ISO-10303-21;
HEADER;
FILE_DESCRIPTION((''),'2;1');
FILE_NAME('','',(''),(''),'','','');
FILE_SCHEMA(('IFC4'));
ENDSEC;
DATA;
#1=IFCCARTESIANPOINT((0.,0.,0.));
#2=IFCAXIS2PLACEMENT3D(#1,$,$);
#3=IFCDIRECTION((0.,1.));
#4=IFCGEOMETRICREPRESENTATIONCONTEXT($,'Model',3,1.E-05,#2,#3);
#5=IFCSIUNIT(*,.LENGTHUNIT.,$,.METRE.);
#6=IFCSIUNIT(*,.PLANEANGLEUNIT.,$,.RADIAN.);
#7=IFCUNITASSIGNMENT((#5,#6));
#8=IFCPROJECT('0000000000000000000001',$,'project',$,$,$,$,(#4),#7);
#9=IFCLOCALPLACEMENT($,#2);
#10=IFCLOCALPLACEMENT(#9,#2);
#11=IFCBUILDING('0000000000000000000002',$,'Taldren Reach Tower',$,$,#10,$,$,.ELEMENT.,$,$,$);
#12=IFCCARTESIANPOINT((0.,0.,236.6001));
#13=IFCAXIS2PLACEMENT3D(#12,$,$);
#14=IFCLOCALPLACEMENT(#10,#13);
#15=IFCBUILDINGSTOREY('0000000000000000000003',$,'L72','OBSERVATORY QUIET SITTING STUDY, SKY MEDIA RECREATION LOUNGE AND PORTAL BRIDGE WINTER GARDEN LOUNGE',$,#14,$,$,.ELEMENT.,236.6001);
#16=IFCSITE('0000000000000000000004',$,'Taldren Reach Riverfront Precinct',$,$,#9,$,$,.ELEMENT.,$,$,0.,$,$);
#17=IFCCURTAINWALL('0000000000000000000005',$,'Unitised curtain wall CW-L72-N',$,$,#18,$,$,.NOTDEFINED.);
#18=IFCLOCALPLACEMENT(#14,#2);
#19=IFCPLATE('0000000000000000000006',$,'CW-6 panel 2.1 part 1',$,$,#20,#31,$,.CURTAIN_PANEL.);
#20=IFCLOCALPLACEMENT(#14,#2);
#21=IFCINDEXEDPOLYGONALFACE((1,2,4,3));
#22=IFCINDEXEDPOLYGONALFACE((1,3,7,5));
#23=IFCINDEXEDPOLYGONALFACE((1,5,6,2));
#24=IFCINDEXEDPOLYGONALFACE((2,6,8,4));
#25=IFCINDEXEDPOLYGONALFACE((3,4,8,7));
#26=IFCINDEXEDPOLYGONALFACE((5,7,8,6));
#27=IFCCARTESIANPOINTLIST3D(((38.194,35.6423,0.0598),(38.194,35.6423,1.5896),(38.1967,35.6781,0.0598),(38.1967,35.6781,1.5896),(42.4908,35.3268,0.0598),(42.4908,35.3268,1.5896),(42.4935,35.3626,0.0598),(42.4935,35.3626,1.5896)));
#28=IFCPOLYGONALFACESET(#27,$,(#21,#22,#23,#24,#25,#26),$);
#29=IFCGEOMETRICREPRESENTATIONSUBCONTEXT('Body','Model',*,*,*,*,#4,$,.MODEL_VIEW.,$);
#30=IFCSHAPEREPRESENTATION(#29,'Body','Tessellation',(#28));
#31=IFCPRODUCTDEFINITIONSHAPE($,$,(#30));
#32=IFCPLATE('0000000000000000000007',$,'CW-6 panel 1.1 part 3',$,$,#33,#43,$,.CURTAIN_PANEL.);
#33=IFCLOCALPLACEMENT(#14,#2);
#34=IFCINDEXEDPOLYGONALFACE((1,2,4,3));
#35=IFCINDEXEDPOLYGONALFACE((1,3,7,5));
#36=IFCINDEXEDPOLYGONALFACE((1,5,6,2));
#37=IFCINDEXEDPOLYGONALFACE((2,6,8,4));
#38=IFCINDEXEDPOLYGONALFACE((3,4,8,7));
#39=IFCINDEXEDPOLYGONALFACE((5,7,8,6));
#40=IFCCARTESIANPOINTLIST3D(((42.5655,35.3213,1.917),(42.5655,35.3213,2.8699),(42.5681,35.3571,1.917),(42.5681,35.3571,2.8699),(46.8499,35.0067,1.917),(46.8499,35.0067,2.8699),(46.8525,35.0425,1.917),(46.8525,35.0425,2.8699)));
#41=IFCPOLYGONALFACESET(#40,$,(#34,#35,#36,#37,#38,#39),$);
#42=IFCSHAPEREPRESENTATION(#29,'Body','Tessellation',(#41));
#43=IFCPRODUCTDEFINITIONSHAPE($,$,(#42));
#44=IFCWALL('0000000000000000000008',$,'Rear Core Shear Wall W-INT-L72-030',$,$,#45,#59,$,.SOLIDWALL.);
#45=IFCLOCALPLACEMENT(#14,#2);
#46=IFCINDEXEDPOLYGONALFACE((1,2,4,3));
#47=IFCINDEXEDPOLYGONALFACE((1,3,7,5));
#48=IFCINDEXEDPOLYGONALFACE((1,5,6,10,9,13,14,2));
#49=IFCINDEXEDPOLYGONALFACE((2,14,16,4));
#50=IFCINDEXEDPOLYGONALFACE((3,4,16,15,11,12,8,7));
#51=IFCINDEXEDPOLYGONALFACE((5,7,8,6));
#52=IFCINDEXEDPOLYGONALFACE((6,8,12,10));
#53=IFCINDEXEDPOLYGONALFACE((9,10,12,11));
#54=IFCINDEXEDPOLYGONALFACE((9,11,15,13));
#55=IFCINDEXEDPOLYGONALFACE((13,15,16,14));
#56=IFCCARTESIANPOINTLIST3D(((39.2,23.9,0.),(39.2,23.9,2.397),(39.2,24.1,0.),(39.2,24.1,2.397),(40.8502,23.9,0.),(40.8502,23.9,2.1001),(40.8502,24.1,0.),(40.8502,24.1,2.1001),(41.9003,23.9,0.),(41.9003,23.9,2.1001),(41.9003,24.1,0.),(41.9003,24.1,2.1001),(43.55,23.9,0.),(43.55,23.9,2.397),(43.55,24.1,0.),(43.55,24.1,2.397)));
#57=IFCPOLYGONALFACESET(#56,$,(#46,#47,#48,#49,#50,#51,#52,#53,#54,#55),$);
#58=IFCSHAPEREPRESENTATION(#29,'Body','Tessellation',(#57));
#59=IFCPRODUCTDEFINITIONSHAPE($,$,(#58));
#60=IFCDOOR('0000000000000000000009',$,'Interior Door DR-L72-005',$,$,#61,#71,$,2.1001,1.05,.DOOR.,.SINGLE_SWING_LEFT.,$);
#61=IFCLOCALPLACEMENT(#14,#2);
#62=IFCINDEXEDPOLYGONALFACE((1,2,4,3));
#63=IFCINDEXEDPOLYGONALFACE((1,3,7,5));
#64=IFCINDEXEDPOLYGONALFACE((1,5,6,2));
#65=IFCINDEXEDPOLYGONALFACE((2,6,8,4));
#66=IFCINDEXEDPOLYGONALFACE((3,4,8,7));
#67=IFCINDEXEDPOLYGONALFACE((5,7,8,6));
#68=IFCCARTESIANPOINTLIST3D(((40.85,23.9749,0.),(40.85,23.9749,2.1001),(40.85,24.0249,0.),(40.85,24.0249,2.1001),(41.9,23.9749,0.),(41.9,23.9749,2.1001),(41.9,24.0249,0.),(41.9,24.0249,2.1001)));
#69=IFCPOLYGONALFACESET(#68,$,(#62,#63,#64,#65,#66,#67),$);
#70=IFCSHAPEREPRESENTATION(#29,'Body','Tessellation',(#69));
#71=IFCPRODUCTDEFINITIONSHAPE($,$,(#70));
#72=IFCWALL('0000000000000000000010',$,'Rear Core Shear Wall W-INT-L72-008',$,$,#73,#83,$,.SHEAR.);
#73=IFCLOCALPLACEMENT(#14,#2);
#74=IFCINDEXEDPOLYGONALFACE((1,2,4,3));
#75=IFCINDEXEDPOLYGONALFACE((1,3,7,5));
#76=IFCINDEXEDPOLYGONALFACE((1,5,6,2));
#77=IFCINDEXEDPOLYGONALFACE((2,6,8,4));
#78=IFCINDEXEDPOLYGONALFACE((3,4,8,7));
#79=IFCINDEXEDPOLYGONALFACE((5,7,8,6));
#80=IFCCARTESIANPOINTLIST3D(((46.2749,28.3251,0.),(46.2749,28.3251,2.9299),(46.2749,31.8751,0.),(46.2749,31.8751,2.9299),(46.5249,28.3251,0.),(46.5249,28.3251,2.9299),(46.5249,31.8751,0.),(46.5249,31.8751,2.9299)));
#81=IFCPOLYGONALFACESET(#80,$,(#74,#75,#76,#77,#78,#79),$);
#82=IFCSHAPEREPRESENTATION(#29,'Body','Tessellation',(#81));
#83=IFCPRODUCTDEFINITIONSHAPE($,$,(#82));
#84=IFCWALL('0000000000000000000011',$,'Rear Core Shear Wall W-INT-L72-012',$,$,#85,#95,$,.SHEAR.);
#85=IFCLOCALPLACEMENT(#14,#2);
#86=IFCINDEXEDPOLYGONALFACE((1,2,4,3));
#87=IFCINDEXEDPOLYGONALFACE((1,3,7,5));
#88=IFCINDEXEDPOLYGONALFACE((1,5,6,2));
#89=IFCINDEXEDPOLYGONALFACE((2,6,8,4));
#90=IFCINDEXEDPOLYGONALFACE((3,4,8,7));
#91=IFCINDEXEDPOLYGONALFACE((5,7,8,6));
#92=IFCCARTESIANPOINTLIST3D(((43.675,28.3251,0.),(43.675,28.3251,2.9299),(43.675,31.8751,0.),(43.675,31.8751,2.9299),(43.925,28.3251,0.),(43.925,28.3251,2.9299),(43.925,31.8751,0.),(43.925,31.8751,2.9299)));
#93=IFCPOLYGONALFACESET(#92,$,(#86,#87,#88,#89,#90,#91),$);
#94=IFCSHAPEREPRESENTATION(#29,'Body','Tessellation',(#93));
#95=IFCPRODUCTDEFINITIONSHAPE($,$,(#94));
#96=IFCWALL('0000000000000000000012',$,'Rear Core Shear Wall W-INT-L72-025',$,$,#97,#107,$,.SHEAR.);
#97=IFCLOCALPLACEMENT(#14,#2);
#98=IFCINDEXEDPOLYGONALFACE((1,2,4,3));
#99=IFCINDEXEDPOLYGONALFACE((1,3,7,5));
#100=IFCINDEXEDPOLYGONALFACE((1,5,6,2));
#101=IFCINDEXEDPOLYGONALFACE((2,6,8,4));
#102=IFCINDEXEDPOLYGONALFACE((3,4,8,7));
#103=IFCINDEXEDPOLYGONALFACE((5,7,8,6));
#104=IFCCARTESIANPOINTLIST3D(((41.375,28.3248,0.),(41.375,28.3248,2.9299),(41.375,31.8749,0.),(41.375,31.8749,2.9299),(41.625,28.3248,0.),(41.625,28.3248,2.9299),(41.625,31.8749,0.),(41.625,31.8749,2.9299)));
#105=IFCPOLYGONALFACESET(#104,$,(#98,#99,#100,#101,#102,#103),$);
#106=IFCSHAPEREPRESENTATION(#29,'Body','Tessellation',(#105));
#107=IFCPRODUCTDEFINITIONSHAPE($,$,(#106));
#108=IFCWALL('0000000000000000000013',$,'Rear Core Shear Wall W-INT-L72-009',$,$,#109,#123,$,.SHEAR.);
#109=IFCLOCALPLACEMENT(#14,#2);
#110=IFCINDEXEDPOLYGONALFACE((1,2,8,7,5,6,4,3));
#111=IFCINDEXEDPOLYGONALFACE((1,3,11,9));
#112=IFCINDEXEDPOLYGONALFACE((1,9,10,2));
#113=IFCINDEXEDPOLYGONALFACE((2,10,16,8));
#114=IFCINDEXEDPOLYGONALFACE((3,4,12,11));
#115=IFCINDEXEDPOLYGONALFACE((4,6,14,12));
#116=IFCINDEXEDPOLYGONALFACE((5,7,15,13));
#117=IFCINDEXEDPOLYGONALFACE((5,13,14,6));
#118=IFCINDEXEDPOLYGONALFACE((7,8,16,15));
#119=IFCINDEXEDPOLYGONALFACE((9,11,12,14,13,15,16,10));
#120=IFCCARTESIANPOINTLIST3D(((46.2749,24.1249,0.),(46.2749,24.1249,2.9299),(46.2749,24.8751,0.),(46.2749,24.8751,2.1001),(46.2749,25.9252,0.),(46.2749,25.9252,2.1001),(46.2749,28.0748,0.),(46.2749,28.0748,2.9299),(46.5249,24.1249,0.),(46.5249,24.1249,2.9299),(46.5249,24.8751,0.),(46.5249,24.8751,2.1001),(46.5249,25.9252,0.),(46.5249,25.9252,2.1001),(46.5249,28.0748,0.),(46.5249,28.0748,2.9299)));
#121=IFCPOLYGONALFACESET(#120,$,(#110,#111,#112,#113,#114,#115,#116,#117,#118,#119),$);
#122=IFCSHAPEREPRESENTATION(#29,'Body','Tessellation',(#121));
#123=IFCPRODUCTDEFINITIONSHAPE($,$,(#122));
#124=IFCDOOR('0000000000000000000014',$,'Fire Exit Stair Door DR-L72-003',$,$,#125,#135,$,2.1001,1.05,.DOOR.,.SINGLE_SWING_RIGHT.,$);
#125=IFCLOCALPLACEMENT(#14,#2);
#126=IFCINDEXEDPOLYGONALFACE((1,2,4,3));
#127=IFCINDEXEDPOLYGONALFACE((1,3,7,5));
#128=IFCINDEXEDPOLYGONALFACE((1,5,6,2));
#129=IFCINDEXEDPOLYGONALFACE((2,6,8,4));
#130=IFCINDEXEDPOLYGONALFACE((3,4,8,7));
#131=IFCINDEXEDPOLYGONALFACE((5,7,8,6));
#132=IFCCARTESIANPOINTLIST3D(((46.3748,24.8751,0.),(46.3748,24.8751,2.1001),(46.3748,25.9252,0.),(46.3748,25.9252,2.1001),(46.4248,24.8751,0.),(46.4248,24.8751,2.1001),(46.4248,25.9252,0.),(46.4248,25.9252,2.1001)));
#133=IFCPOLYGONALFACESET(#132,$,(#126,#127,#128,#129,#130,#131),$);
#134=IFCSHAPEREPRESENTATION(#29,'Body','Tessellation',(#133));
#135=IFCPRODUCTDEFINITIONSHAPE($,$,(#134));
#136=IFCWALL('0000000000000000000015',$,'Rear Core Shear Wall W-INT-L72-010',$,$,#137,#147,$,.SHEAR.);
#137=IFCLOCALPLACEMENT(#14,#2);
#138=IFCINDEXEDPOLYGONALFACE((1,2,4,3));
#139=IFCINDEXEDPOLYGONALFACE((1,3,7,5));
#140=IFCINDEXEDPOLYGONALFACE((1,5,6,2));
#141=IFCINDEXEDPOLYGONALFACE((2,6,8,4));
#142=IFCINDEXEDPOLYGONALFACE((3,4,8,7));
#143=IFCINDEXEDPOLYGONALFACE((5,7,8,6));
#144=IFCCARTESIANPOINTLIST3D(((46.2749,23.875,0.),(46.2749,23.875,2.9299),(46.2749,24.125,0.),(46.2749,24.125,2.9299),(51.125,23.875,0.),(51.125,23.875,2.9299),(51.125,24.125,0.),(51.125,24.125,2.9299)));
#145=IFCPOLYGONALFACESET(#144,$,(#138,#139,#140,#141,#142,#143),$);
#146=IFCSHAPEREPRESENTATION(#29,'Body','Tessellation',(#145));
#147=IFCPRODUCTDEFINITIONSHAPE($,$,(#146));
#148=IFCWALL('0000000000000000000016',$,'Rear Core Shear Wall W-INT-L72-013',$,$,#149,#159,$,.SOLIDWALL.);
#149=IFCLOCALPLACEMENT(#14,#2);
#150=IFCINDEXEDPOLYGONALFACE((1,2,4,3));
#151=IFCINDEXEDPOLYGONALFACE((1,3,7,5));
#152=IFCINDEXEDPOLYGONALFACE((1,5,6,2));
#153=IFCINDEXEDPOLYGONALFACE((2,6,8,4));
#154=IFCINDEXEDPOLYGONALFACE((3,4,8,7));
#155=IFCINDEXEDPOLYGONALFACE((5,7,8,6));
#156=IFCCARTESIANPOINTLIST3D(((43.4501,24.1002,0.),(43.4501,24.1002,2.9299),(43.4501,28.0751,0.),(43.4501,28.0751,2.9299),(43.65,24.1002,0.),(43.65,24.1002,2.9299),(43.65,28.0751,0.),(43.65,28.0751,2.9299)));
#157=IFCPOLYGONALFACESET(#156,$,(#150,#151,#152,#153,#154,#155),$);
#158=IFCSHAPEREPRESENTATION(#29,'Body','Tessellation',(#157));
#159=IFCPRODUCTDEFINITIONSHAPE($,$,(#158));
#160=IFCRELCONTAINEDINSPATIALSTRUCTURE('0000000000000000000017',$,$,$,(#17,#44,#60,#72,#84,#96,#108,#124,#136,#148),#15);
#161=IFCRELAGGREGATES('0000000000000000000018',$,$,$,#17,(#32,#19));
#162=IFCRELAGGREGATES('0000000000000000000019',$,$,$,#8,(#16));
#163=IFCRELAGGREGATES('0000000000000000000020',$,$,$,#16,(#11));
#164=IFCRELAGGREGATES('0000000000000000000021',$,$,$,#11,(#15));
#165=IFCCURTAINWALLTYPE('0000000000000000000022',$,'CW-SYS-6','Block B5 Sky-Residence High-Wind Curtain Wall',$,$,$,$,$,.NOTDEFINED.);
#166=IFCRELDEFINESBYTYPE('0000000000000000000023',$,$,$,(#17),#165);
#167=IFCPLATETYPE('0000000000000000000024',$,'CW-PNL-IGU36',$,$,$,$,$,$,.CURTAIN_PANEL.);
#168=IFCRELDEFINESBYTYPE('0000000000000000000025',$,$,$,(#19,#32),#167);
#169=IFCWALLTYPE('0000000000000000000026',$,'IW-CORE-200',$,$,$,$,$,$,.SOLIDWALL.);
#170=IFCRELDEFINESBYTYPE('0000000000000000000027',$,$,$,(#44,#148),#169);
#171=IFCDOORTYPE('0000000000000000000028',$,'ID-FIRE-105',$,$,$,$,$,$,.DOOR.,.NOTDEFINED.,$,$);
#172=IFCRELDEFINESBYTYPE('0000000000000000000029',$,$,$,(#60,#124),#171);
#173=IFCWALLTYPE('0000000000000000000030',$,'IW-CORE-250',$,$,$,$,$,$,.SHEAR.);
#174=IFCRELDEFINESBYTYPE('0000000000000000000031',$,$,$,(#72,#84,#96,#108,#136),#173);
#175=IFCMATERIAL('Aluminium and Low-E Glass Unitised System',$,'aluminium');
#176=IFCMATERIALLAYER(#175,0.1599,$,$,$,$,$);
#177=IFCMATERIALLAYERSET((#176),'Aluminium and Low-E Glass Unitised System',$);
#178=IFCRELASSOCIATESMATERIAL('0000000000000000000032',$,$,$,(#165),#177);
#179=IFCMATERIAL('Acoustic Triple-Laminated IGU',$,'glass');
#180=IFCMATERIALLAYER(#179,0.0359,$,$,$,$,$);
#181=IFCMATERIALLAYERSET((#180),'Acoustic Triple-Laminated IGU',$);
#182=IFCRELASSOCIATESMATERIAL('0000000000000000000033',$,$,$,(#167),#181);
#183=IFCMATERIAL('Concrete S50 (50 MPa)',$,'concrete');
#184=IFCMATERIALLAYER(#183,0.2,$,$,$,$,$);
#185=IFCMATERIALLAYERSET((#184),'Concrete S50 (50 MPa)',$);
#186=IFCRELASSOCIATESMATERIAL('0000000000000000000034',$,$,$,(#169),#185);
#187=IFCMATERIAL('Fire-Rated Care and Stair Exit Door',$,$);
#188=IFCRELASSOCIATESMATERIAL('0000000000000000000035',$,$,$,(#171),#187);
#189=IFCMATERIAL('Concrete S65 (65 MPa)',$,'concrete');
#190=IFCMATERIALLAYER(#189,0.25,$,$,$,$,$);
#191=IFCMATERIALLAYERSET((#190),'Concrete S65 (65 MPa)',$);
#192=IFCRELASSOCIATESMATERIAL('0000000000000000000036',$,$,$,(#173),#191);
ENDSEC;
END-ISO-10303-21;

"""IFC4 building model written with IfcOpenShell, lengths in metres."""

from ifc_helpers import new_model, si_unit, direction, frame, frame_2d, origin, origin_2d, place, context, subcontext, project, spatial, rectangle, extrude, source, transform, mapped, material, layer, layer_set, type_object, element, fill, aggregate, save


model = new_model("IFC4")

# Units and contexts
model_context = context("Model", 3, precision=1e-05, world=origin(), true_north=direction((0.0, 1.0)))
body_context = subcontext(model_context, "Body", "Model", "MODEL_VIEW")
ifc_project = project(units=[si_unit("LENGTHUNIT", "METRE"), si_unit("PLANEANGLEUNIT", "RADIAN")], contexts=[model_context])

# Site, building, storey
site_placement = place(None, origin())
site = spatial("IfcSite", under=ifc_project, at=site_placement, Name="Taldren Reach Riverfront Precinct", CompositionType="ELEMENT", RefElevation=0.0)
building_placement = place(site_placement, origin())
building = spatial("IfcBuilding", under=site, at=building_placement, Name="Taldren Reach Tower", CompositionType="ELEMENT")
storey_placement = place(building_placement, frame((0.0, 0.0, 236.6001)))
storey = spatial("IfcBuildingStorey", under=building, at=storey_placement, Name="L72", Description="OBSERVATORY QUIET SITTING STUDY, SKY MEDIA RECREATION LOUNGE AND PORTAL BRIDGE WINTER GARDEN LOUNGE", CompositionType="ELEMENT", Elevation=236.6001)

# Curtain wall
ifc_material_1 = material(Name="Aluminium and Low-E Glass Unitised System", Category="aluminium")
ifc_layer_1 = layer(ifc_material_1, 0.1599)
ifc_layer_set_1 = layer_set([ifc_layer_1], Name="Aluminium and Low-E Glass Unitised System")
curtain_wall_type = type_object("IfcCurtainWallType", Name="CW-SYS-6", Description="Block B5 Sky-Residence High-Wind Curtain Wall", PredefinedType="NOTDEFINED", material=ifc_layer_set_1)
curtain_wall_placement = place(storey_placement, origin())
curtain_wall = element("IfcCurtainWall", 1, at=curtain_wall_placement, inside=storey, type_object=curtain_wall_type, Name="Unitised curtain wall CW-L72-N", PredefinedType="NOTDEFINED")

# Plates
ifc_material_2 = material(Name="Acoustic Triple-Laminated IGU", Category="glass")
ifc_layer_2 = layer(ifc_material_2, 0.0359)
ifc_layer_set_2 = layer_set([ifc_layer_2], Name="Acoustic Triple-Laminated IGU")
plate_type_1 = type_object("IfcPlateType", Name="CW-PNL-IGU36", PredefinedType="CURTAIN_PANEL", material=ifc_layer_set_2)
shared_shape_1 = source(origin(), body_context, "Body", "SweptSolid", [
    extrude(rectangle(XDim=4.3083, YDim=0.0359, at=origin_2d()), origin(), (0.0, 0.0, 1.0), 1.5298),
])
plate_1_placement = place(storey_placement, frame((40.3438, 35.5024, 0.0598), z_axis=(0.0, 0.0, 1.0), x_axis=(-0.997314, 0.073238, 0.0)))
plate_1 = element("IfcPlate", 2, at=plate_1_placement, type_object=plate_type_1, Name="CW-6 panel 2.1 part 1", PredefinedType="CURTAIN_PANEL", context=body_context, shape_type="MappedRepresentation", body=[
    mapped(shared_shape_1, transform((0.0, 0.0, 0.0), scale=1.0)),
])
shared_shape_2 = source(origin(), body_context, "Body", "SweptSolid", [
    extrude(rectangle(XDim=4.2959, YDim=0.0359, at=origin_2d()), origin(), (0.0, 0.0, 1.0), 0.9529),
])
plate_2_placement = place(storey_placement, frame((44.709, 35.1819, 1.917), z_axis=(0.0, 0.0, 1.0), x_axis=(-0.997314, 0.073238, 0.0)))
plate_2 = element("IfcPlate", 3, at=plate_2_placement, type_object=plate_type_1, Name="CW-6 panel 1.1 part 3", PredefinedType="CURTAIN_PANEL", context=body_context, shape_type="MappedRepresentation", body=[
    mapped(shared_shape_2, transform((0.0, 0.0, 0.0), scale=1.0)),
])
aggregate(curtain_wall, [plate_2, plate_1])

# Wall, opening, door
ifc_material_3 = material(Name="Concrete S50 (50 MPa)", Category="concrete")
ifc_layer_3 = layer(ifc_material_3, 0.2)
ifc_layer_set_3 = layer_set([ifc_layer_3], Name="Concrete S50 (50 MPa)")
wall_type_1 = type_object("IfcWallType", Name="IW-CORE-200", PredefinedType="SOLIDWALL", material=ifc_layer_set_3)
shared_shape_3 = source(origin(), body_context, "Body", "SweptSolid", [
    extrude(rectangle(XDim=4.3501, YDim=0.2, at=frame_2d((2.175, 0.0))), origin(), (0.0, 0.0, 1.0), 2.397),
])
wall_1_placement = place(storey_placement, frame((43.55, 24.0, 0.0), z_axis=(0.0, 0.0, 1.0), x_axis=(-1.0, 0.0, 0.0)))
wall_1 = element("IfcWall", 4, at=wall_1_placement, inside=storey, type_object=wall_type_1, Name="Rear Core Shear Wall W-INT-L72-030", PredefinedType="SOLIDWALL", context=body_context, shape_type="MappedRepresentation", body=[
    mapped(shared_shape_3, transform((0.0, 0.0, 0.0), scale=1.0)),
])
shared_shape_4 = source(origin(), body_context, "Body", "SweptSolid", [
    extrude(rectangle(XDim=1.05, YDim=2.1001, at=frame_2d((0.5249, 1.05))), frame((0.0, 0.1099, 0.0), z_axis=(0.0, -1.0, 0.0), x_axis=(1.0, 0.0, 0.0)), (0.0, 0.0, 1.0), 0.22),
])
opening_1_placement = place(wall_1_placement, frame((1.6499, 0.0, 0.0)))
opening_1 = element("IfcOpeningElement", 5, at=opening_1_placement, cuts=wall_1, PredefinedType="OPENING", context=body_context, shape_type="MappedRepresentation", body=[
    mapped(shared_shape_4, transform((0.0, 0.0, 0.0), scale=1.0)),
])
ifc_material_4 = material(Name="Fire-Rated Care and Stair Exit Door")
door_type_1 = type_object("IfcDoorType", Name="ID-FIRE-105", OperationType="NOTDEFINED", PredefinedType="DOOR", material=ifc_material_4)
shared_shape_5 = source(origin(), body_context, "Body", "SweptSolid", [
    extrude(rectangle(XDim=1.05, YDim=2.1001, at=frame_2d((0.5249, 1.05))), frame((0.0, 0.0249, 0.0), z_axis=(0.0, -1.0, 0.0), x_axis=(1.0, 0.0, 0.0)), (0.0, 0.0, 1.0), 0.05),
])
door_1_placement = place(opening_1_placement, frame((1.05, 0.0, 0.0), z_axis=(0.0, 0.0, 1.0), x_axis=(-1.0, 0.0, 0.0)))
door_1 = element("IfcDoor", 6, at=door_1_placement, inside=storey, type_object=door_type_1, Name="Interior Door DR-L72-005", OperationType="SINGLE_SWING_LEFT", OverallHeight=2.1001, OverallWidth=1.05, PredefinedType="DOOR", context=body_context, shape_type="MappedRepresentation", body=[
    mapped(shared_shape_5, transform((0.0, 0.0, 0.0), scale=1.0)),
])
fill(opening_1, door_1)

# Walls
ifc_material_5 = material(Name="Concrete S65 (65 MPa)", Category="concrete")
ifc_layer_4 = layer(ifc_material_5, 0.25)
ifc_layer_set_4 = layer_set([ifc_layer_4], Name="Concrete S65 (65 MPa)")
wall_type_2 = type_object("IfcWallType", Name="IW-CORE-250", PredefinedType="SHEAR", material=ifc_layer_set_4)
shared_shape_6 = source(origin(), body_context, "Body", "SweptSolid", [
    extrude(rectangle(XDim=3.55, YDim=0.25, at=frame_2d((1.7749, 0.0))), origin(), (0.0, 0.0, 1.0), 2.9299),
])
for number, where, z_axis, x_axis, name in (
    (7, (46.3999, 31.875, 0.0), (0.0, 0.0, 1.0), (0.0, -1.0, 0.0), "Rear Core Shear Wall W-INT-L72-008"),
    (8, (43.8, 31.875, 0.0), (0.0, 0.0, 1.0), (0.0, -1.0, 0.0), "Rear Core Shear Wall W-INT-L72-012"),
    (9, (41.5, 28.325, 0.0), (0.0, 0.0, 1.0), (0.0, 1.0, 0.0), "Rear Core Shear Wall W-INT-L72-025"),
):
    element("IfcWall", number, at=place(storey_placement, frame(where, z_axis=z_axis, x_axis=x_axis)), inside=storey, type_object=wall_type_2, Name=name, PredefinedType="SHEAR", context=body_context, shape_type="MappedRepresentation", body=[
        mapped(shared_shape_6, transform((0.0, 0.0, 0.0), scale=1.0)),
    ])

# Wall, opening, door
shared_shape_7 = source(origin(), body_context, "Body", "SweptSolid", [
    extrude(rectangle(XDim=3.95, YDim=0.25, at=frame_2d((1.9751, 0.0))), origin(), (0.0, 0.0, 1.0), 2.9299),
])
wall_2_placement = place(storey_placement, frame((46.3999, 28.075, 0.0), z_axis=(0.0, 0.0, 1.0), x_axis=(0.0, -1.0, 0.0)))
wall_2 = element("IfcWall", 10, at=wall_2_placement, inside=storey, type_object=wall_type_2, Name="Rear Core Shear Wall W-INT-L72-009", PredefinedType="SHEAR", context=body_context, shape_type="MappedRepresentation", body=[
    mapped(shared_shape_7, transform((0.0, 0.0, 0.0), scale=1.0)),
])
shared_shape_8 = source(origin(), body_context, "Body", "SweptSolid", [
    extrude(rectangle(XDim=1.05, YDim=2.1001, at=frame_2d((0.5249, 1.05))), frame((0.0, 0.135, 0.0), z_axis=(0.0, -1.0, 0.0), x_axis=(1.0, 0.0, 0.0)), (0.0, 0.0, 1.0), 0.27),
])
opening_2_placement = place(wall_2_placement, frame((2.1499, 0.0, 0.0)))
opening_2 = element("IfcOpeningElement", 11, at=opening_2_placement, cuts=wall_2, PredefinedType="OPENING", context=body_context, shape_type="MappedRepresentation", body=[
    mapped(shared_shape_8, transform((0.0, 0.0, 0.0), scale=1.0)),
])
door_2_placement = place(opening_2_placement, origin())
door_2 = element("IfcDoor", 12, at=door_2_placement, inside=storey, type_object=door_type_1, Name="Fire Exit Stair Door DR-L72-003", OperationType="SINGLE_SWING_RIGHT", OverallHeight=2.1001, OverallWidth=1.05, PredefinedType="DOOR", context=body_context, shape_type="MappedRepresentation", body=[
    mapped(shared_shape_5, transform((0.0, 0.0, 0.0), scale=1.0)),
])
fill(opening_2, door_2)

# Wall
shared_shape_9 = source(origin(), body_context, "Body", "SweptSolid", [
    extrude(rectangle(XDim=4.8501, YDim=0.25, at=frame_2d((2.425, 0.0))), origin(), (0.0, 0.0, 1.0), 2.9299),
])
wall_3_placement = place(storey_placement, frame((46.2749, 24.0, 0.0), z_axis=(0.0, 0.0, 1.0), x_axis=(1.0, 0.0, 0.0)))
element("IfcWall", 13, at=wall_3_placement, inside=storey, type_object=wall_type_2, Name="Rear Core Shear Wall W-INT-L72-010", PredefinedType="SHEAR", context=body_context, shape_type="MappedRepresentation", body=[
    mapped(shared_shape_9, transform((0.0, 0.0, 0.0), scale=1.0)),
])

# Wall
shared_shape_10 = source(origin(), body_context, "Body", "SweptSolid", [
    extrude(rectangle(XDim=3.9749, YDim=0.2, at=frame_2d((1.9873, 0.0))), origin(), (0.0, 0.0, 1.0), 2.9299),
])
wall_4_placement = place(storey_placement, frame((43.55, 28.075, 0.0), z_axis=(0.0, 0.0, 1.0), x_axis=(0.0, -1.0, 0.0)))
element("IfcWall", 14, at=wall_4_placement, inside=storey, type_object=wall_type_1, Name="Rear Core Shear Wall W-INT-L72-013", PredefinedType="SOLIDWALL", context=body_context, shape_type="MappedRepresentation", body=[
    mapped(shared_shape_10, transform((0.0, 0.0, 0.0), scale=1.0)),
])

save(model, "model.ifc")
